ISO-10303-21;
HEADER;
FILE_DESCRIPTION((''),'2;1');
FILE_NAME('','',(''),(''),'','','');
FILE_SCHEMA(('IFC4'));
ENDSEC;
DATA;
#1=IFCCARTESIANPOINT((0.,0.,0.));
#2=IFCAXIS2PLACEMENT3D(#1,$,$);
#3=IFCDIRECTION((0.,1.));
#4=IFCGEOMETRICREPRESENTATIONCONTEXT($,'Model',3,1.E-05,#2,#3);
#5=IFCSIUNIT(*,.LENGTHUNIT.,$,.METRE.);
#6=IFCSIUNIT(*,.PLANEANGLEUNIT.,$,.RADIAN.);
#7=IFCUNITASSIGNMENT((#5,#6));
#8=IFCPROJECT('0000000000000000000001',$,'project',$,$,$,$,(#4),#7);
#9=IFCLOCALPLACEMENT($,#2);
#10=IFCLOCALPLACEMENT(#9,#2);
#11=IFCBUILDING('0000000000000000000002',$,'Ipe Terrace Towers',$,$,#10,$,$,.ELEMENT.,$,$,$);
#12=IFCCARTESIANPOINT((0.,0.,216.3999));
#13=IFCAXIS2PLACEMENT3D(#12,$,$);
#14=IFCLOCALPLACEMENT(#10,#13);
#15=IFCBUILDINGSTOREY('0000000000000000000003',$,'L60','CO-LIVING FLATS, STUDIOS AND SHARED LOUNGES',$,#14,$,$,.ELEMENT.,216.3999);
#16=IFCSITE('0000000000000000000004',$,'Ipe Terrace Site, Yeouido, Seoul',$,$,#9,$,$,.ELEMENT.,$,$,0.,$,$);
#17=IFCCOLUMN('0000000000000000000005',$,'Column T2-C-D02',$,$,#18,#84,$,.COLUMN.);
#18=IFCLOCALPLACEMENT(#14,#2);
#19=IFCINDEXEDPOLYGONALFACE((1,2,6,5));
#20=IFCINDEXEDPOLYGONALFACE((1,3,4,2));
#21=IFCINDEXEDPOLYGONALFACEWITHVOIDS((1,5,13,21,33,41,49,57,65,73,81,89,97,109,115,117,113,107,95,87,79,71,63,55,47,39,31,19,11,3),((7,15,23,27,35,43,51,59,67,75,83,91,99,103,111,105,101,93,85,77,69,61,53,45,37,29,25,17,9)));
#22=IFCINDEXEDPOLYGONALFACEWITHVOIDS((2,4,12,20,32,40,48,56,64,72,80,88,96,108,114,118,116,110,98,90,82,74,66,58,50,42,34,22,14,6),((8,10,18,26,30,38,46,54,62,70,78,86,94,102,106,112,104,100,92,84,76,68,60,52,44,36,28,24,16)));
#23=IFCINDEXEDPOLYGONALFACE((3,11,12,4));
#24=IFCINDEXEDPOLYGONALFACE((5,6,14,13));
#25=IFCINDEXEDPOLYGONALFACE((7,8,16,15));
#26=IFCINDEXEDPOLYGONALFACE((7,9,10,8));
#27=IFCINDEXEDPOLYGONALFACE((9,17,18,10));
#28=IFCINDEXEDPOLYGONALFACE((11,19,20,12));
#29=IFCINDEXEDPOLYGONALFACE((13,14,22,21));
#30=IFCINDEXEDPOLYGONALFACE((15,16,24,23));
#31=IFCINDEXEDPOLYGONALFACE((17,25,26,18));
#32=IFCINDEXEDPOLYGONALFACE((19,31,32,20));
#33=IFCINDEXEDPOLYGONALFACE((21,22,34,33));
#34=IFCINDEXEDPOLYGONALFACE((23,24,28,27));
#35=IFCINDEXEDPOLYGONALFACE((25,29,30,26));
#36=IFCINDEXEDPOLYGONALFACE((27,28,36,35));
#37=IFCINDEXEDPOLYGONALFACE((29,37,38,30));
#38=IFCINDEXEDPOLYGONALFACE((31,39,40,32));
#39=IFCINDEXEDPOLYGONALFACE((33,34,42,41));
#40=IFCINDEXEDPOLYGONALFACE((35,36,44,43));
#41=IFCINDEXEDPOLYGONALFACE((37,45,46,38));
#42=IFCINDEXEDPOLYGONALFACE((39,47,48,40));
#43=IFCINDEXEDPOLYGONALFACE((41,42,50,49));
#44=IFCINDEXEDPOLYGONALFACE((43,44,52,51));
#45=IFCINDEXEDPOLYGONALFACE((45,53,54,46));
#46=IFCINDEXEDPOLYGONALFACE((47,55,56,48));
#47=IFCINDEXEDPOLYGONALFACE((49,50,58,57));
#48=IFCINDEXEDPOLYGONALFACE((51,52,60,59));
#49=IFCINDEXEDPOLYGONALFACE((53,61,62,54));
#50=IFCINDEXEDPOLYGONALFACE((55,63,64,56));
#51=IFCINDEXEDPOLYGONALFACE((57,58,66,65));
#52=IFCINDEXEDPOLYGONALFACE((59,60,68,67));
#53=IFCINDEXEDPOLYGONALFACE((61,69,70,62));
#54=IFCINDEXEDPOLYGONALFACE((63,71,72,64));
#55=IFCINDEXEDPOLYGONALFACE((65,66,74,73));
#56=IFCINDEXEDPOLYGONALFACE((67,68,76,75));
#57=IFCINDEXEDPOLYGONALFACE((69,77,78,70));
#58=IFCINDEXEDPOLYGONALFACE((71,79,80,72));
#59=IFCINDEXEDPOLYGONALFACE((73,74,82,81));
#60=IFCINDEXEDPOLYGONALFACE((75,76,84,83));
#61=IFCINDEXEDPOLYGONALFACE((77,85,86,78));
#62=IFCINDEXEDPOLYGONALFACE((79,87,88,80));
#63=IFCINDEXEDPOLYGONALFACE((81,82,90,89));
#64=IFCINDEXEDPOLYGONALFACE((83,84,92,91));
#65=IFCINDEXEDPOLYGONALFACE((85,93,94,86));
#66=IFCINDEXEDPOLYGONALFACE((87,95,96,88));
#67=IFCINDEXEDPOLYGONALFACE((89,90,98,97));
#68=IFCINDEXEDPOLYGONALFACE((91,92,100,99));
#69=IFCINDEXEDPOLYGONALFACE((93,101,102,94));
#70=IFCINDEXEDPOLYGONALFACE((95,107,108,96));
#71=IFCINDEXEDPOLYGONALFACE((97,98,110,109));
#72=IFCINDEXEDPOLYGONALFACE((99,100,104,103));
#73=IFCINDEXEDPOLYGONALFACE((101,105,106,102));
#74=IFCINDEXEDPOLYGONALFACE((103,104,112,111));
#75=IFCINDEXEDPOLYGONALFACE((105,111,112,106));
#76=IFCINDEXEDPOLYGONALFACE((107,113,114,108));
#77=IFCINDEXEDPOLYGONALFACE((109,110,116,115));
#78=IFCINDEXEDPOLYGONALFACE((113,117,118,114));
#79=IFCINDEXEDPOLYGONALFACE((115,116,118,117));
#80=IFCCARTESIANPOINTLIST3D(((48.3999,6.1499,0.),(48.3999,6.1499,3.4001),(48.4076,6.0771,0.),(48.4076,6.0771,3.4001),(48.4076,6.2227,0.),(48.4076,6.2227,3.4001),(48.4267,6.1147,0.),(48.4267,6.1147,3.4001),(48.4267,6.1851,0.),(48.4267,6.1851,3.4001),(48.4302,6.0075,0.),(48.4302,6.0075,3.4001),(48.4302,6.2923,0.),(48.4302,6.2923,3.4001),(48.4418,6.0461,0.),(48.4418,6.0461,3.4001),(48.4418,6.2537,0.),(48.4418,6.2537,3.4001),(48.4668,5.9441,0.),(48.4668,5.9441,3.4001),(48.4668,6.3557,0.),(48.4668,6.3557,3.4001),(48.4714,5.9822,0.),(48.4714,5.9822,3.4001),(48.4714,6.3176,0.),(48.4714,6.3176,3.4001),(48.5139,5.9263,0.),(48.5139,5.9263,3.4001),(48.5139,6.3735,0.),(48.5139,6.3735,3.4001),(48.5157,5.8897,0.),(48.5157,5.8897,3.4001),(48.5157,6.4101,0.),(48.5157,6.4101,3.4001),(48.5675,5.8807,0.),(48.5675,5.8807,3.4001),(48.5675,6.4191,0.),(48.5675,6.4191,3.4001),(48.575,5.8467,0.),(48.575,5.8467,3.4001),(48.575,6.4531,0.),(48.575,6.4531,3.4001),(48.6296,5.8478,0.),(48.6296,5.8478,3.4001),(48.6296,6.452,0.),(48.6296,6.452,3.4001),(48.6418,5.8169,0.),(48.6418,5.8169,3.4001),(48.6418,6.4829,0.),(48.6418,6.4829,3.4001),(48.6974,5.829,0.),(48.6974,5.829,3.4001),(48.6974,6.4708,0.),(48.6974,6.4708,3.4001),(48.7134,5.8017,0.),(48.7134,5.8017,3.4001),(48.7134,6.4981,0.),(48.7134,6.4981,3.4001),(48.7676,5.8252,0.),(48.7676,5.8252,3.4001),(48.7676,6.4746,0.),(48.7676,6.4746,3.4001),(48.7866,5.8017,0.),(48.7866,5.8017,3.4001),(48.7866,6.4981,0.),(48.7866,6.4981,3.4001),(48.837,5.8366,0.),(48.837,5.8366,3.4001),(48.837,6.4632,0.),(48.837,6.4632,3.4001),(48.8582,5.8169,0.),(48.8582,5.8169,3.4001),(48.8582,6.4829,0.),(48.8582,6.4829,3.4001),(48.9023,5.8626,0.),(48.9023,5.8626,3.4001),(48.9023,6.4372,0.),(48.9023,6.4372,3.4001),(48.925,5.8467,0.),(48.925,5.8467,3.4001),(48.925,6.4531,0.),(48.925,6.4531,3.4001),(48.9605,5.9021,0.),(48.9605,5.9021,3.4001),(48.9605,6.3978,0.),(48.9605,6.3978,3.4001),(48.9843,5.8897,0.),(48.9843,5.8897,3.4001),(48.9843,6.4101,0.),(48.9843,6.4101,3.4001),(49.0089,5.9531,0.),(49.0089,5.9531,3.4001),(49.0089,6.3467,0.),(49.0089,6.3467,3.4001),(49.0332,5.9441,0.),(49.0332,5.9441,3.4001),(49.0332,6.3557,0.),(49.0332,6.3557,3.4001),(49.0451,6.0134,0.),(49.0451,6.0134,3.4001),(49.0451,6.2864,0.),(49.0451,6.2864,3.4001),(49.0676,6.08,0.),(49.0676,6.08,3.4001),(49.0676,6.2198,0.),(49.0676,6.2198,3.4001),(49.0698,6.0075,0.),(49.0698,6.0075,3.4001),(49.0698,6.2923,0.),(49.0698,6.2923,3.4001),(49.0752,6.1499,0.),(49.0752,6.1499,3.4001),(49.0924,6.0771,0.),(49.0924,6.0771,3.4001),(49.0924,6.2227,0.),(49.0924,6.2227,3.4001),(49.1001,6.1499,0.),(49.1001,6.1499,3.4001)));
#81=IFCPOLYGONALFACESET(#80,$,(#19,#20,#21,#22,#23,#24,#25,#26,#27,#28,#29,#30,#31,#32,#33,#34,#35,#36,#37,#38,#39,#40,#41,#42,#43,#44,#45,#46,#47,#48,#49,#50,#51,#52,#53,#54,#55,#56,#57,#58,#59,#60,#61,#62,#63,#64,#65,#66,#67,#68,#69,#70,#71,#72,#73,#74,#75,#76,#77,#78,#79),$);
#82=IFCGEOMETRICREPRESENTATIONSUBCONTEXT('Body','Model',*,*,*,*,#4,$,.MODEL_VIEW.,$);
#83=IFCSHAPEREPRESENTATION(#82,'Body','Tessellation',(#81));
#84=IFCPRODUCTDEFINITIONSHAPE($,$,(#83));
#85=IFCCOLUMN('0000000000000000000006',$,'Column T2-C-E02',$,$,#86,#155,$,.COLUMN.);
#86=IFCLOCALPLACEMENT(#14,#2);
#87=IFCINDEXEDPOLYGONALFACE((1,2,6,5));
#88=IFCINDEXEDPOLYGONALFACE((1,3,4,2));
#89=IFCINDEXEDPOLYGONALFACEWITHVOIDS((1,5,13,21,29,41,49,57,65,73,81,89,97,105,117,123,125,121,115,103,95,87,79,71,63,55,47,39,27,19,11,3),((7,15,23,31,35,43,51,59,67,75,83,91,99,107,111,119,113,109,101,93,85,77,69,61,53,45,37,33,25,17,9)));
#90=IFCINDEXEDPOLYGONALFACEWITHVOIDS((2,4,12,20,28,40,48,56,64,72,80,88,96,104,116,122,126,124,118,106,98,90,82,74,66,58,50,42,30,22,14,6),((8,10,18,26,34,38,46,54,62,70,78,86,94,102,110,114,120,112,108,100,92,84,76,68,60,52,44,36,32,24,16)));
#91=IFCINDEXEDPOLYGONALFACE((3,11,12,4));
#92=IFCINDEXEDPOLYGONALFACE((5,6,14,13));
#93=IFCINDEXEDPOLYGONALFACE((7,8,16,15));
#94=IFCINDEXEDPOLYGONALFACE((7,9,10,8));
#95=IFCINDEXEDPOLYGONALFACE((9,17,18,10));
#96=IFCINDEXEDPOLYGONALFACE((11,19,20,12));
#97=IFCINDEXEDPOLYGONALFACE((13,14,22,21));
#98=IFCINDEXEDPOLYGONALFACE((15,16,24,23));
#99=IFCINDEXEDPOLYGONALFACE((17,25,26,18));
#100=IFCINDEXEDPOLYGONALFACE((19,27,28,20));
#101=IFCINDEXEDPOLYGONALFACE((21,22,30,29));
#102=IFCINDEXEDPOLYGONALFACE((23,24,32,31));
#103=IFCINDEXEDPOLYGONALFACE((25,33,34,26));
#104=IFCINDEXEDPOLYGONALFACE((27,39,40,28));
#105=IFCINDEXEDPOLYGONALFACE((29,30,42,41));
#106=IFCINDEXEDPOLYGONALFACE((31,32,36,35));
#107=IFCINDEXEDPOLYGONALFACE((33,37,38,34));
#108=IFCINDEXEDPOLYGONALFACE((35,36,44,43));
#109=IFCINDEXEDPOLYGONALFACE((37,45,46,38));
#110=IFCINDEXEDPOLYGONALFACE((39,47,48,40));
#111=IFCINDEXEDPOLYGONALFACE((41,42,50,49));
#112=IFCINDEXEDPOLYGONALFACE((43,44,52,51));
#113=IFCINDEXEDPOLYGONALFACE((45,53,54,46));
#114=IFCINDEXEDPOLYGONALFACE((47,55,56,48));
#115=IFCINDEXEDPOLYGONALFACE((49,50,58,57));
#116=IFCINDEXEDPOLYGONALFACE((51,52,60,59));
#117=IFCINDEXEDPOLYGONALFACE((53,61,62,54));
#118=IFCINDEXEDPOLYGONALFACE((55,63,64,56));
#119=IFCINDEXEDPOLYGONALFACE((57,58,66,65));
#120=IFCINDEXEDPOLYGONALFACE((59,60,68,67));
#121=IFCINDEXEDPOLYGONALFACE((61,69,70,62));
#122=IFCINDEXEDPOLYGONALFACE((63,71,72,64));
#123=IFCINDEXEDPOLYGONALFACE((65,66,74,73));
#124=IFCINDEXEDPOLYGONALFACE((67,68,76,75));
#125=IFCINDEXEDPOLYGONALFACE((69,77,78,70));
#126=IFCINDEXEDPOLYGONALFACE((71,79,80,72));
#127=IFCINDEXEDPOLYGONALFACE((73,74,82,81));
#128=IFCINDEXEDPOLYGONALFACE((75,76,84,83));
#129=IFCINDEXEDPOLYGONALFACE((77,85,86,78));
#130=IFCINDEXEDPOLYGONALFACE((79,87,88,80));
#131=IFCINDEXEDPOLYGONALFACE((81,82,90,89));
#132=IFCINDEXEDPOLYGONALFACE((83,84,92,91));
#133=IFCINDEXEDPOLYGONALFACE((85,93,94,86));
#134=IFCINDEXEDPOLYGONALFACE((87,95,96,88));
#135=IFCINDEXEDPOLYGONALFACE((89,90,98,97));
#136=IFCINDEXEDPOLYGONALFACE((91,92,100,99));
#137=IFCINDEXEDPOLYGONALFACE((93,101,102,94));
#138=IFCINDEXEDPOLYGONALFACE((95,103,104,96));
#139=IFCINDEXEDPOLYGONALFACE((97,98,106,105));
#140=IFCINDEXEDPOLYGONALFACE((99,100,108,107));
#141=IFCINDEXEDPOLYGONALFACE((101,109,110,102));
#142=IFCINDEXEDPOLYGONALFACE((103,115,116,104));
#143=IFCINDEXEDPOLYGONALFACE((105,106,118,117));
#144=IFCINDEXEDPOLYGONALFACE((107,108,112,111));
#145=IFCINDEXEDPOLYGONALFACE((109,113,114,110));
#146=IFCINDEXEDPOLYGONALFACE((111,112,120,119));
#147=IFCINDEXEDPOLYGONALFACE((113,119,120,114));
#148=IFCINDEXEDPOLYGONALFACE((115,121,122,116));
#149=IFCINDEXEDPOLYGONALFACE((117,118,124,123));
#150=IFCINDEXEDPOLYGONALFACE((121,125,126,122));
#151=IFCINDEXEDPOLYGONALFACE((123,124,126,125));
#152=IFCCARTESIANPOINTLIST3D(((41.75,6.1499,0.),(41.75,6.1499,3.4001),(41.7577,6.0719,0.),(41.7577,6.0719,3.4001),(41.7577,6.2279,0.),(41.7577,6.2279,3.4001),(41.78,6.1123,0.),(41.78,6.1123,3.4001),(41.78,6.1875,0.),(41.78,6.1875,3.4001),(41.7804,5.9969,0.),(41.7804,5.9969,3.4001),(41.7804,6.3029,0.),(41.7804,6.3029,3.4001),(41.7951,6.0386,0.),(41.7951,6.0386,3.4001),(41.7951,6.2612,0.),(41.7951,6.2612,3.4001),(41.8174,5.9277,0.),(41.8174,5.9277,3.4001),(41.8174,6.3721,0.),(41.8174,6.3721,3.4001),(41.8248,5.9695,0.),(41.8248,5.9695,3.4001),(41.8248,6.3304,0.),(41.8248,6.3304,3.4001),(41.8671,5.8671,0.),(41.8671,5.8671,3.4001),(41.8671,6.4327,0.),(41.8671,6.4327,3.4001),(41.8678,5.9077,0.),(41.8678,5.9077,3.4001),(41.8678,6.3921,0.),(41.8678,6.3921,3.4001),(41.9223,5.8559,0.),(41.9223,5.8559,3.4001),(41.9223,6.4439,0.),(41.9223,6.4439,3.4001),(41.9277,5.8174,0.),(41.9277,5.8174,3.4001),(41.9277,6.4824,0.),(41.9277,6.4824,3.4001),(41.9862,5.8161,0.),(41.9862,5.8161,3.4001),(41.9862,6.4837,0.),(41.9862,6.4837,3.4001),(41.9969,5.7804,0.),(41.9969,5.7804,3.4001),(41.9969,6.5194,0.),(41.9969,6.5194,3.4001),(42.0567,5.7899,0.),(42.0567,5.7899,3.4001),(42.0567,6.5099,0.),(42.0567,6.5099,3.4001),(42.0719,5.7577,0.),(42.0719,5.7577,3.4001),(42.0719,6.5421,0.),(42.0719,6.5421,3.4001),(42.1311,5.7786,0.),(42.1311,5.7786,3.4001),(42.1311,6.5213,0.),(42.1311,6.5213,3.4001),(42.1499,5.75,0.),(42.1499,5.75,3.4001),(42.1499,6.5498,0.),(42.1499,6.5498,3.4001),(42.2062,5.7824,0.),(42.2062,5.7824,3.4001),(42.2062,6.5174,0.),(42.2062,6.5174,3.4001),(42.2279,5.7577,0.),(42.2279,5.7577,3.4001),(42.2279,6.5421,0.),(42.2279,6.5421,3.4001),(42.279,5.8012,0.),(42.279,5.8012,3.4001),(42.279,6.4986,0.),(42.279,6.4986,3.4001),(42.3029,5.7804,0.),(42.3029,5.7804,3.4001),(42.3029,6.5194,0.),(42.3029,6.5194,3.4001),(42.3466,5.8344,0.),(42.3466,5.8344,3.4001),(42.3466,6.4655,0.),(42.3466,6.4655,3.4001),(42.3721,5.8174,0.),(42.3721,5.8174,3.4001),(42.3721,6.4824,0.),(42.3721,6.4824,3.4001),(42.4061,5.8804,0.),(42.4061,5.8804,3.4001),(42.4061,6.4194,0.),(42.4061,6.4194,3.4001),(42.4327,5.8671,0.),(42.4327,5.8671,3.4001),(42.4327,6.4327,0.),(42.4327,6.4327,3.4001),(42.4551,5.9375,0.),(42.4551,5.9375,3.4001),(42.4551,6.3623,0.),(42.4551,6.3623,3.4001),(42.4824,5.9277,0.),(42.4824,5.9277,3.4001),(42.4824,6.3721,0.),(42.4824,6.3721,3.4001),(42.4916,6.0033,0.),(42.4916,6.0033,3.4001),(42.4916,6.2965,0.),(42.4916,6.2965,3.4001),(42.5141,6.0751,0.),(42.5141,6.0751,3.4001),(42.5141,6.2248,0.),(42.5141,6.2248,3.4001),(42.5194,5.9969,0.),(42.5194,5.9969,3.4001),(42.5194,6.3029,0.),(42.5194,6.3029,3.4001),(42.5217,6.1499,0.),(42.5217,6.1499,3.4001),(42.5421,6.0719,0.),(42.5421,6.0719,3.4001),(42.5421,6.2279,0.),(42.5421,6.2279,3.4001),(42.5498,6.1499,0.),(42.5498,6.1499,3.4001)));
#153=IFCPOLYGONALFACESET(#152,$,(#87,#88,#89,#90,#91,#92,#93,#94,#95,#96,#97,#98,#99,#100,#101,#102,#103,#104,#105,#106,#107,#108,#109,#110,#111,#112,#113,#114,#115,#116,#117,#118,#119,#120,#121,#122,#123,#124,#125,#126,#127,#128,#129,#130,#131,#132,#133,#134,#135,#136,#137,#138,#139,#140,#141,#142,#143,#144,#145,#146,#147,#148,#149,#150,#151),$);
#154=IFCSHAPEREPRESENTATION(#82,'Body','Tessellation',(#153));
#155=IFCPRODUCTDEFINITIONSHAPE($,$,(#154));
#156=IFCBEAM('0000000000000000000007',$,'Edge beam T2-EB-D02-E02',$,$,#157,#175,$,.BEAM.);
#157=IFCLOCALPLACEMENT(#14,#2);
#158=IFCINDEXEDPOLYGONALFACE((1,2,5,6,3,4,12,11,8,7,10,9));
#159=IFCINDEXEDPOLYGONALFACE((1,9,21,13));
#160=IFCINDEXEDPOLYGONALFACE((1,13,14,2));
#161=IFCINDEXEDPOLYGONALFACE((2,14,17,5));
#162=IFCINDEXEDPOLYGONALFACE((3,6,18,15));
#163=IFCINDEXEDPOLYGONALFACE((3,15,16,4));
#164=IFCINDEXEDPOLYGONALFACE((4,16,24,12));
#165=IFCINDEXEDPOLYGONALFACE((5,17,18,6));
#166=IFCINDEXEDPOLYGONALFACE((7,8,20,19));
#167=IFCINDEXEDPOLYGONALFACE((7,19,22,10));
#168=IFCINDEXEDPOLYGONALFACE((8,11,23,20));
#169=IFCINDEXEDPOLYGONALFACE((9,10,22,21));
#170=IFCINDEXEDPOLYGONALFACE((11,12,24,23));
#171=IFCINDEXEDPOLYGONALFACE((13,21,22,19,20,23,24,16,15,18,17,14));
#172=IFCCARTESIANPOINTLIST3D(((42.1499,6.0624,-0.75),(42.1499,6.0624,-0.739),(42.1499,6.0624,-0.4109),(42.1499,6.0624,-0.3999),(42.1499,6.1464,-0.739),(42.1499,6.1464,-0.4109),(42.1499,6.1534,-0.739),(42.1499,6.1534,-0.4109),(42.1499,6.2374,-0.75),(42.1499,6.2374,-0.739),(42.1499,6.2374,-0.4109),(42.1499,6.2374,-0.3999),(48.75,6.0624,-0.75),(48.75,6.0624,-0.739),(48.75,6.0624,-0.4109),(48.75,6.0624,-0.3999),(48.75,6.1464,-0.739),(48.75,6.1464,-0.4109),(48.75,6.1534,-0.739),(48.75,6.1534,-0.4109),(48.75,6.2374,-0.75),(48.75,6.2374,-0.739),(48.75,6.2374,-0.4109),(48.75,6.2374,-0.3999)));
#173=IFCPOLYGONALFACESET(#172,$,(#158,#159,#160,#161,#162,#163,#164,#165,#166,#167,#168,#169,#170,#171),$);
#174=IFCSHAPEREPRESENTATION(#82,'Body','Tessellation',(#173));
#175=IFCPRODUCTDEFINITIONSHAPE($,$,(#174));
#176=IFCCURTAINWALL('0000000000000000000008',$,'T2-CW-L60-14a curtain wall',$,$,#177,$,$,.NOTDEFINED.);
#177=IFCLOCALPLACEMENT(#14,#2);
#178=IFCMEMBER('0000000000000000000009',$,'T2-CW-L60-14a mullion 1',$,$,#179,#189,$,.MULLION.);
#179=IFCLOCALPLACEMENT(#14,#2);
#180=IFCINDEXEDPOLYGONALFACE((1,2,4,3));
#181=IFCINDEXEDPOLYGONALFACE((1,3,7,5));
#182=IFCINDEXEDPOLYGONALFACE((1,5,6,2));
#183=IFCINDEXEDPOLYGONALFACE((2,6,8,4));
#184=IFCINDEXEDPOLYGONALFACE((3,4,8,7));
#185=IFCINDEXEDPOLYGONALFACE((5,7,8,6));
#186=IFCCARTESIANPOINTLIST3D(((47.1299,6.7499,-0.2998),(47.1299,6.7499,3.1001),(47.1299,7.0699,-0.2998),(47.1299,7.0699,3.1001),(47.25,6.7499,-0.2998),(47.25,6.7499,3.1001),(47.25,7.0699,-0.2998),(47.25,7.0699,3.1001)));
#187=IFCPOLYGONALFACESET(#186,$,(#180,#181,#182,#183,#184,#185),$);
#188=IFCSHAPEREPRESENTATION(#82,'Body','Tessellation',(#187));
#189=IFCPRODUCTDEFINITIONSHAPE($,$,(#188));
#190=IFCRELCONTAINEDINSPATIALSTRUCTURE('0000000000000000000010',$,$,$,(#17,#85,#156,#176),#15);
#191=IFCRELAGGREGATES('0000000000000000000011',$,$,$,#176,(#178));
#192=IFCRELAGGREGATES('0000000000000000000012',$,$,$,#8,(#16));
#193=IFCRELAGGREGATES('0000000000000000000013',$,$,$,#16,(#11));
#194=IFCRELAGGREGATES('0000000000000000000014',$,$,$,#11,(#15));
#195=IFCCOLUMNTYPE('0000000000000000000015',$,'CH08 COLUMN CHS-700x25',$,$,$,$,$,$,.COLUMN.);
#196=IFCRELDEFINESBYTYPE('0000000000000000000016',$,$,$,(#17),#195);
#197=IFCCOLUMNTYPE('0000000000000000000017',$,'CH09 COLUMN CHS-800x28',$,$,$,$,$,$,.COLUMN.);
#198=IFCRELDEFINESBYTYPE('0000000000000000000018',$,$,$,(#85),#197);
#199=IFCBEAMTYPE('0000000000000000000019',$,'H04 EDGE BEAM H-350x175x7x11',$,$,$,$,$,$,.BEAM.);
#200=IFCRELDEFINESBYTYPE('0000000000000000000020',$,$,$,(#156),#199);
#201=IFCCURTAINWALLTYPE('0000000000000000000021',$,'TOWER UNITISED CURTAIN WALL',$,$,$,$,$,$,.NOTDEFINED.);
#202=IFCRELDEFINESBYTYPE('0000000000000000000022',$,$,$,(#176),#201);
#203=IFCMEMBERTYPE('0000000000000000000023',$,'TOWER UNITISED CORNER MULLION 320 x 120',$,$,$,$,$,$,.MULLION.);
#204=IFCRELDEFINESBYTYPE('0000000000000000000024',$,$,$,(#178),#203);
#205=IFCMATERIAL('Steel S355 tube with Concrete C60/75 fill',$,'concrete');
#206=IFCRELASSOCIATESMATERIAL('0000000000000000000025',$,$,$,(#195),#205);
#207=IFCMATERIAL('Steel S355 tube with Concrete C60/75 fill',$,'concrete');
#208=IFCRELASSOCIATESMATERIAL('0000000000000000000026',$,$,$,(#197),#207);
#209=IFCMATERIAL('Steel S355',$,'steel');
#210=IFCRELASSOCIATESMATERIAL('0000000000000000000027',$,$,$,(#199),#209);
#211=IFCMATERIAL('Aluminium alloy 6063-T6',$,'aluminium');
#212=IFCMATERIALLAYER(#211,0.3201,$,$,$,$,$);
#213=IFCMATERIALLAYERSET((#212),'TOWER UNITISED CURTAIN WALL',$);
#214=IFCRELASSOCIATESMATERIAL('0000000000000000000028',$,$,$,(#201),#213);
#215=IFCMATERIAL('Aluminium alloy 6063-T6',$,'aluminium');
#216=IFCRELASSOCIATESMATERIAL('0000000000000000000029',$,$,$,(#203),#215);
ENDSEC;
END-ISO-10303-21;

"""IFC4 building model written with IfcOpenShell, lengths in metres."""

from ifc_helpers import new_model, si_unit, direction, frame, origin, origin_2d, place, context, subcontext, project, spatial, rectangle, hollow_circle, i_section, extrude, material, layer, layer_set, material_profile, profile_set, type_object, element, aggregate, save


model = new_model("IFC4")

# Units and contexts
model_context = context("Model", 3, precision=1e-05, world=origin(), true_north=direction((0.0, 1.0)))
body_context = subcontext(model_context, "Body", "Model", "MODEL_VIEW")
ifc_project = project(units=[si_unit("LENGTHUNIT", "METRE"), si_unit("PLANEANGLEUNIT", "RADIAN")], contexts=[model_context])

# Site, building, storey
site_placement = place(None, origin())
site = spatial("IfcSite", under=ifc_project, at=site_placement, Name="Ipe Terrace Site, Yeouido, Seoul", CompositionType="ELEMENT", RefElevation=0.0)
building_placement = place(site_placement, origin())
building = spatial("IfcBuilding", under=site, at=building_placement, Name="Ipe Terrace Towers", CompositionType="ELEMENT")
storey_placement = place(building_placement, frame((0.0, 0.0, 216.3999)))
storey = spatial("IfcBuildingStorey", under=building, at=storey_placement, Name="L60", Description="CO-LIVING FLATS, STUDIOS AND SHARED LOUNGES", CompositionType="ELEMENT", Elevation=216.3999)

# Columns
ifc_material_1 = material(Name="Steel S355 tube with Concrete C60/75 fill", Category="concrete")
ifc_material_profile_1 = material_profile(ifc_material_1, hollow_circle(Radius=0.3501, WallThickness=0.0249, at=origin_2d()), Name="CHS-700x25")
ifc_profile_set_1 = profile_set([ifc_material_profile_1], Name="Steel S355 tube with Concrete C60/75 fill")
column_type_1 = type_object("IfcColumnType", Name="CH08 COLUMN CHS-700x25", PredefinedType="COLUMN", material=ifc_profile_set_1)
column_1_placement = place(storey_placement, frame((48.75, 6.1499, 0.0), z_axis=(0.0, 0.0, 1.0), x_axis=(1.0, 0.0, 0.0)))
element("IfcColumn", 1, at=column_1_placement, inside=storey, type_object=column_type_1, Name="Column T2-C-D02", PredefinedType="COLUMN", context=body_context, shape_type="SweptSolid", body=[
    extrude(hollow_circle(Radius=0.3501, WallThickness=0.0249, at=origin_2d()), origin(), (0.0, 0.0, 1.0), 3.4001),
])
ifc_material_2 = material(Name="Steel S355 tube with Concrete C60/75 fill", Category="concrete")
ifc_material_profile_2 = material_profile(ifc_material_2, hollow_circle(Radius=0.3999, WallThickness=0.0281, at=origin_2d()), Name="CHS-800x28")
ifc_profile_set_2 = profile_set([ifc_material_profile_2], Name="Steel S355 tube with Concrete C60/75 fill")
column_type_2 = type_object("IfcColumnType", Name="CH09 COLUMN CHS-800x28", PredefinedType="COLUMN", material=ifc_profile_set_2)
column_2_placement = place(storey_placement, frame((42.1499, 6.1499, 0.0), z_axis=(0.0, 0.0, 1.0), x_axis=(1.0, 0.0, 0.0)))
element("IfcColumn", 2, at=column_2_placement, inside=storey, type_object=column_type_2, Name="Column T2-C-E02", PredefinedType="COLUMN", context=body_context, shape_type="SweptSolid", body=[
    extrude(hollow_circle(Radius=0.3999, WallThickness=0.0281, at=origin_2d()), origin(), (0.0, 0.0, 1.0), 3.4001),
])

# Beam
ifc_material_3 = material(Name="Steel S355", Category="steel")
ifc_material_profile_3 = material_profile(ifc_material_3, i_section(OverallWidth=0.175, OverallDepth=0.3501, WebThickness=0.0071, FlangeThickness=0.011, at=origin_2d()), Name="H-350x175x7x11")
ifc_profile_set_3 = profile_set([ifc_material_profile_3], Name="Steel S355")
beam_type = type_object("IfcBeamType", Name="H04 EDGE BEAM H-350x175x7x11", PredefinedType="BEAM", material=ifc_profile_set_3)
beam_placement = place(storey_placement, frame((48.75, 6.1499, -0.575), z_axis=(-1.0, 0.0, 0.0), x_axis=(0.0, -1.0, 0.0)))
element("IfcBeam", 3, at=beam_placement, inside=storey, type_object=beam_type, Name="Edge beam T2-EB-D02-E02", PredefinedType="BEAM", context=body_context, shape_type="SweptSolid", body=[
    extrude(i_section(OverallWidth=0.175, OverallDepth=0.3501, WebThickness=0.0071, FlangeThickness=0.011, at=origin_2d()), origin(), (0.0, 0.0, 1.0), 6.6001),
])

# Curtain wall, member
ifc_material_4 = material(Name="Aluminium alloy 6063-T6", Category="aluminium")
ifc_layer_1 = layer(ifc_material_4, 0.3201)
ifc_layer_set_1 = layer_set([ifc_layer_1], Name="TOWER UNITISED CURTAIN WALL")
curtain_wall_type = type_object("IfcCurtainWallType", Name="TOWER UNITISED CURTAIN WALL", PredefinedType="NOTDEFINED", material=ifc_layer_set_1)
curtain_wall_placement = place(storey_placement, origin())
curtain_wall = element("IfcCurtainWall", 4, at=curtain_wall_placement, inside=storey, type_object=curtain_wall_type, Name="T2-CW-L60-14a curtain wall", PredefinedType="NOTDEFINED")
ifc_material_5 = material(Name="Aluminium alloy 6063-T6", Category="aluminium")
ifc_material_profile_4 = material_profile(ifc_material_5, rectangle(XDim=0.3201, YDim=0.1201, at=origin_2d()), Name="TOWER UNITISED CORNER MULLION 320 x 120")
ifc_profile_set_4 = profile_set([ifc_material_profile_4], Name="Aluminium alloy 6063-T6")
member_type = type_object("IfcMemberType", Name="TOWER UNITISED CORNER MULLION 320 x 120", PredefinedType="MULLION", material=ifc_profile_set_4)
member_1_placement = place(storey_placement, frame((47.1899, 6.9099, -0.2998), z_axis=(0.0, 0.0, 1.0), x_axis=(0.0, 1.0, 0.0)))
member_1 = element("IfcMember", 5, at=member_1_placement, type_object=member_type, Name="T2-CW-L60-14a mullion 1", PredefinedType="MULLION", context=body_context, shape_type="SweptSolid", body=[
    extrude(rectangle(XDim=0.3201, YDim=0.1201, at=origin_2d()), origin(), (0.0, 0.0, 1.0), 3.3999),
])
aggregate(curtain_wall, [member_1])

save(model, "model.ifc")
